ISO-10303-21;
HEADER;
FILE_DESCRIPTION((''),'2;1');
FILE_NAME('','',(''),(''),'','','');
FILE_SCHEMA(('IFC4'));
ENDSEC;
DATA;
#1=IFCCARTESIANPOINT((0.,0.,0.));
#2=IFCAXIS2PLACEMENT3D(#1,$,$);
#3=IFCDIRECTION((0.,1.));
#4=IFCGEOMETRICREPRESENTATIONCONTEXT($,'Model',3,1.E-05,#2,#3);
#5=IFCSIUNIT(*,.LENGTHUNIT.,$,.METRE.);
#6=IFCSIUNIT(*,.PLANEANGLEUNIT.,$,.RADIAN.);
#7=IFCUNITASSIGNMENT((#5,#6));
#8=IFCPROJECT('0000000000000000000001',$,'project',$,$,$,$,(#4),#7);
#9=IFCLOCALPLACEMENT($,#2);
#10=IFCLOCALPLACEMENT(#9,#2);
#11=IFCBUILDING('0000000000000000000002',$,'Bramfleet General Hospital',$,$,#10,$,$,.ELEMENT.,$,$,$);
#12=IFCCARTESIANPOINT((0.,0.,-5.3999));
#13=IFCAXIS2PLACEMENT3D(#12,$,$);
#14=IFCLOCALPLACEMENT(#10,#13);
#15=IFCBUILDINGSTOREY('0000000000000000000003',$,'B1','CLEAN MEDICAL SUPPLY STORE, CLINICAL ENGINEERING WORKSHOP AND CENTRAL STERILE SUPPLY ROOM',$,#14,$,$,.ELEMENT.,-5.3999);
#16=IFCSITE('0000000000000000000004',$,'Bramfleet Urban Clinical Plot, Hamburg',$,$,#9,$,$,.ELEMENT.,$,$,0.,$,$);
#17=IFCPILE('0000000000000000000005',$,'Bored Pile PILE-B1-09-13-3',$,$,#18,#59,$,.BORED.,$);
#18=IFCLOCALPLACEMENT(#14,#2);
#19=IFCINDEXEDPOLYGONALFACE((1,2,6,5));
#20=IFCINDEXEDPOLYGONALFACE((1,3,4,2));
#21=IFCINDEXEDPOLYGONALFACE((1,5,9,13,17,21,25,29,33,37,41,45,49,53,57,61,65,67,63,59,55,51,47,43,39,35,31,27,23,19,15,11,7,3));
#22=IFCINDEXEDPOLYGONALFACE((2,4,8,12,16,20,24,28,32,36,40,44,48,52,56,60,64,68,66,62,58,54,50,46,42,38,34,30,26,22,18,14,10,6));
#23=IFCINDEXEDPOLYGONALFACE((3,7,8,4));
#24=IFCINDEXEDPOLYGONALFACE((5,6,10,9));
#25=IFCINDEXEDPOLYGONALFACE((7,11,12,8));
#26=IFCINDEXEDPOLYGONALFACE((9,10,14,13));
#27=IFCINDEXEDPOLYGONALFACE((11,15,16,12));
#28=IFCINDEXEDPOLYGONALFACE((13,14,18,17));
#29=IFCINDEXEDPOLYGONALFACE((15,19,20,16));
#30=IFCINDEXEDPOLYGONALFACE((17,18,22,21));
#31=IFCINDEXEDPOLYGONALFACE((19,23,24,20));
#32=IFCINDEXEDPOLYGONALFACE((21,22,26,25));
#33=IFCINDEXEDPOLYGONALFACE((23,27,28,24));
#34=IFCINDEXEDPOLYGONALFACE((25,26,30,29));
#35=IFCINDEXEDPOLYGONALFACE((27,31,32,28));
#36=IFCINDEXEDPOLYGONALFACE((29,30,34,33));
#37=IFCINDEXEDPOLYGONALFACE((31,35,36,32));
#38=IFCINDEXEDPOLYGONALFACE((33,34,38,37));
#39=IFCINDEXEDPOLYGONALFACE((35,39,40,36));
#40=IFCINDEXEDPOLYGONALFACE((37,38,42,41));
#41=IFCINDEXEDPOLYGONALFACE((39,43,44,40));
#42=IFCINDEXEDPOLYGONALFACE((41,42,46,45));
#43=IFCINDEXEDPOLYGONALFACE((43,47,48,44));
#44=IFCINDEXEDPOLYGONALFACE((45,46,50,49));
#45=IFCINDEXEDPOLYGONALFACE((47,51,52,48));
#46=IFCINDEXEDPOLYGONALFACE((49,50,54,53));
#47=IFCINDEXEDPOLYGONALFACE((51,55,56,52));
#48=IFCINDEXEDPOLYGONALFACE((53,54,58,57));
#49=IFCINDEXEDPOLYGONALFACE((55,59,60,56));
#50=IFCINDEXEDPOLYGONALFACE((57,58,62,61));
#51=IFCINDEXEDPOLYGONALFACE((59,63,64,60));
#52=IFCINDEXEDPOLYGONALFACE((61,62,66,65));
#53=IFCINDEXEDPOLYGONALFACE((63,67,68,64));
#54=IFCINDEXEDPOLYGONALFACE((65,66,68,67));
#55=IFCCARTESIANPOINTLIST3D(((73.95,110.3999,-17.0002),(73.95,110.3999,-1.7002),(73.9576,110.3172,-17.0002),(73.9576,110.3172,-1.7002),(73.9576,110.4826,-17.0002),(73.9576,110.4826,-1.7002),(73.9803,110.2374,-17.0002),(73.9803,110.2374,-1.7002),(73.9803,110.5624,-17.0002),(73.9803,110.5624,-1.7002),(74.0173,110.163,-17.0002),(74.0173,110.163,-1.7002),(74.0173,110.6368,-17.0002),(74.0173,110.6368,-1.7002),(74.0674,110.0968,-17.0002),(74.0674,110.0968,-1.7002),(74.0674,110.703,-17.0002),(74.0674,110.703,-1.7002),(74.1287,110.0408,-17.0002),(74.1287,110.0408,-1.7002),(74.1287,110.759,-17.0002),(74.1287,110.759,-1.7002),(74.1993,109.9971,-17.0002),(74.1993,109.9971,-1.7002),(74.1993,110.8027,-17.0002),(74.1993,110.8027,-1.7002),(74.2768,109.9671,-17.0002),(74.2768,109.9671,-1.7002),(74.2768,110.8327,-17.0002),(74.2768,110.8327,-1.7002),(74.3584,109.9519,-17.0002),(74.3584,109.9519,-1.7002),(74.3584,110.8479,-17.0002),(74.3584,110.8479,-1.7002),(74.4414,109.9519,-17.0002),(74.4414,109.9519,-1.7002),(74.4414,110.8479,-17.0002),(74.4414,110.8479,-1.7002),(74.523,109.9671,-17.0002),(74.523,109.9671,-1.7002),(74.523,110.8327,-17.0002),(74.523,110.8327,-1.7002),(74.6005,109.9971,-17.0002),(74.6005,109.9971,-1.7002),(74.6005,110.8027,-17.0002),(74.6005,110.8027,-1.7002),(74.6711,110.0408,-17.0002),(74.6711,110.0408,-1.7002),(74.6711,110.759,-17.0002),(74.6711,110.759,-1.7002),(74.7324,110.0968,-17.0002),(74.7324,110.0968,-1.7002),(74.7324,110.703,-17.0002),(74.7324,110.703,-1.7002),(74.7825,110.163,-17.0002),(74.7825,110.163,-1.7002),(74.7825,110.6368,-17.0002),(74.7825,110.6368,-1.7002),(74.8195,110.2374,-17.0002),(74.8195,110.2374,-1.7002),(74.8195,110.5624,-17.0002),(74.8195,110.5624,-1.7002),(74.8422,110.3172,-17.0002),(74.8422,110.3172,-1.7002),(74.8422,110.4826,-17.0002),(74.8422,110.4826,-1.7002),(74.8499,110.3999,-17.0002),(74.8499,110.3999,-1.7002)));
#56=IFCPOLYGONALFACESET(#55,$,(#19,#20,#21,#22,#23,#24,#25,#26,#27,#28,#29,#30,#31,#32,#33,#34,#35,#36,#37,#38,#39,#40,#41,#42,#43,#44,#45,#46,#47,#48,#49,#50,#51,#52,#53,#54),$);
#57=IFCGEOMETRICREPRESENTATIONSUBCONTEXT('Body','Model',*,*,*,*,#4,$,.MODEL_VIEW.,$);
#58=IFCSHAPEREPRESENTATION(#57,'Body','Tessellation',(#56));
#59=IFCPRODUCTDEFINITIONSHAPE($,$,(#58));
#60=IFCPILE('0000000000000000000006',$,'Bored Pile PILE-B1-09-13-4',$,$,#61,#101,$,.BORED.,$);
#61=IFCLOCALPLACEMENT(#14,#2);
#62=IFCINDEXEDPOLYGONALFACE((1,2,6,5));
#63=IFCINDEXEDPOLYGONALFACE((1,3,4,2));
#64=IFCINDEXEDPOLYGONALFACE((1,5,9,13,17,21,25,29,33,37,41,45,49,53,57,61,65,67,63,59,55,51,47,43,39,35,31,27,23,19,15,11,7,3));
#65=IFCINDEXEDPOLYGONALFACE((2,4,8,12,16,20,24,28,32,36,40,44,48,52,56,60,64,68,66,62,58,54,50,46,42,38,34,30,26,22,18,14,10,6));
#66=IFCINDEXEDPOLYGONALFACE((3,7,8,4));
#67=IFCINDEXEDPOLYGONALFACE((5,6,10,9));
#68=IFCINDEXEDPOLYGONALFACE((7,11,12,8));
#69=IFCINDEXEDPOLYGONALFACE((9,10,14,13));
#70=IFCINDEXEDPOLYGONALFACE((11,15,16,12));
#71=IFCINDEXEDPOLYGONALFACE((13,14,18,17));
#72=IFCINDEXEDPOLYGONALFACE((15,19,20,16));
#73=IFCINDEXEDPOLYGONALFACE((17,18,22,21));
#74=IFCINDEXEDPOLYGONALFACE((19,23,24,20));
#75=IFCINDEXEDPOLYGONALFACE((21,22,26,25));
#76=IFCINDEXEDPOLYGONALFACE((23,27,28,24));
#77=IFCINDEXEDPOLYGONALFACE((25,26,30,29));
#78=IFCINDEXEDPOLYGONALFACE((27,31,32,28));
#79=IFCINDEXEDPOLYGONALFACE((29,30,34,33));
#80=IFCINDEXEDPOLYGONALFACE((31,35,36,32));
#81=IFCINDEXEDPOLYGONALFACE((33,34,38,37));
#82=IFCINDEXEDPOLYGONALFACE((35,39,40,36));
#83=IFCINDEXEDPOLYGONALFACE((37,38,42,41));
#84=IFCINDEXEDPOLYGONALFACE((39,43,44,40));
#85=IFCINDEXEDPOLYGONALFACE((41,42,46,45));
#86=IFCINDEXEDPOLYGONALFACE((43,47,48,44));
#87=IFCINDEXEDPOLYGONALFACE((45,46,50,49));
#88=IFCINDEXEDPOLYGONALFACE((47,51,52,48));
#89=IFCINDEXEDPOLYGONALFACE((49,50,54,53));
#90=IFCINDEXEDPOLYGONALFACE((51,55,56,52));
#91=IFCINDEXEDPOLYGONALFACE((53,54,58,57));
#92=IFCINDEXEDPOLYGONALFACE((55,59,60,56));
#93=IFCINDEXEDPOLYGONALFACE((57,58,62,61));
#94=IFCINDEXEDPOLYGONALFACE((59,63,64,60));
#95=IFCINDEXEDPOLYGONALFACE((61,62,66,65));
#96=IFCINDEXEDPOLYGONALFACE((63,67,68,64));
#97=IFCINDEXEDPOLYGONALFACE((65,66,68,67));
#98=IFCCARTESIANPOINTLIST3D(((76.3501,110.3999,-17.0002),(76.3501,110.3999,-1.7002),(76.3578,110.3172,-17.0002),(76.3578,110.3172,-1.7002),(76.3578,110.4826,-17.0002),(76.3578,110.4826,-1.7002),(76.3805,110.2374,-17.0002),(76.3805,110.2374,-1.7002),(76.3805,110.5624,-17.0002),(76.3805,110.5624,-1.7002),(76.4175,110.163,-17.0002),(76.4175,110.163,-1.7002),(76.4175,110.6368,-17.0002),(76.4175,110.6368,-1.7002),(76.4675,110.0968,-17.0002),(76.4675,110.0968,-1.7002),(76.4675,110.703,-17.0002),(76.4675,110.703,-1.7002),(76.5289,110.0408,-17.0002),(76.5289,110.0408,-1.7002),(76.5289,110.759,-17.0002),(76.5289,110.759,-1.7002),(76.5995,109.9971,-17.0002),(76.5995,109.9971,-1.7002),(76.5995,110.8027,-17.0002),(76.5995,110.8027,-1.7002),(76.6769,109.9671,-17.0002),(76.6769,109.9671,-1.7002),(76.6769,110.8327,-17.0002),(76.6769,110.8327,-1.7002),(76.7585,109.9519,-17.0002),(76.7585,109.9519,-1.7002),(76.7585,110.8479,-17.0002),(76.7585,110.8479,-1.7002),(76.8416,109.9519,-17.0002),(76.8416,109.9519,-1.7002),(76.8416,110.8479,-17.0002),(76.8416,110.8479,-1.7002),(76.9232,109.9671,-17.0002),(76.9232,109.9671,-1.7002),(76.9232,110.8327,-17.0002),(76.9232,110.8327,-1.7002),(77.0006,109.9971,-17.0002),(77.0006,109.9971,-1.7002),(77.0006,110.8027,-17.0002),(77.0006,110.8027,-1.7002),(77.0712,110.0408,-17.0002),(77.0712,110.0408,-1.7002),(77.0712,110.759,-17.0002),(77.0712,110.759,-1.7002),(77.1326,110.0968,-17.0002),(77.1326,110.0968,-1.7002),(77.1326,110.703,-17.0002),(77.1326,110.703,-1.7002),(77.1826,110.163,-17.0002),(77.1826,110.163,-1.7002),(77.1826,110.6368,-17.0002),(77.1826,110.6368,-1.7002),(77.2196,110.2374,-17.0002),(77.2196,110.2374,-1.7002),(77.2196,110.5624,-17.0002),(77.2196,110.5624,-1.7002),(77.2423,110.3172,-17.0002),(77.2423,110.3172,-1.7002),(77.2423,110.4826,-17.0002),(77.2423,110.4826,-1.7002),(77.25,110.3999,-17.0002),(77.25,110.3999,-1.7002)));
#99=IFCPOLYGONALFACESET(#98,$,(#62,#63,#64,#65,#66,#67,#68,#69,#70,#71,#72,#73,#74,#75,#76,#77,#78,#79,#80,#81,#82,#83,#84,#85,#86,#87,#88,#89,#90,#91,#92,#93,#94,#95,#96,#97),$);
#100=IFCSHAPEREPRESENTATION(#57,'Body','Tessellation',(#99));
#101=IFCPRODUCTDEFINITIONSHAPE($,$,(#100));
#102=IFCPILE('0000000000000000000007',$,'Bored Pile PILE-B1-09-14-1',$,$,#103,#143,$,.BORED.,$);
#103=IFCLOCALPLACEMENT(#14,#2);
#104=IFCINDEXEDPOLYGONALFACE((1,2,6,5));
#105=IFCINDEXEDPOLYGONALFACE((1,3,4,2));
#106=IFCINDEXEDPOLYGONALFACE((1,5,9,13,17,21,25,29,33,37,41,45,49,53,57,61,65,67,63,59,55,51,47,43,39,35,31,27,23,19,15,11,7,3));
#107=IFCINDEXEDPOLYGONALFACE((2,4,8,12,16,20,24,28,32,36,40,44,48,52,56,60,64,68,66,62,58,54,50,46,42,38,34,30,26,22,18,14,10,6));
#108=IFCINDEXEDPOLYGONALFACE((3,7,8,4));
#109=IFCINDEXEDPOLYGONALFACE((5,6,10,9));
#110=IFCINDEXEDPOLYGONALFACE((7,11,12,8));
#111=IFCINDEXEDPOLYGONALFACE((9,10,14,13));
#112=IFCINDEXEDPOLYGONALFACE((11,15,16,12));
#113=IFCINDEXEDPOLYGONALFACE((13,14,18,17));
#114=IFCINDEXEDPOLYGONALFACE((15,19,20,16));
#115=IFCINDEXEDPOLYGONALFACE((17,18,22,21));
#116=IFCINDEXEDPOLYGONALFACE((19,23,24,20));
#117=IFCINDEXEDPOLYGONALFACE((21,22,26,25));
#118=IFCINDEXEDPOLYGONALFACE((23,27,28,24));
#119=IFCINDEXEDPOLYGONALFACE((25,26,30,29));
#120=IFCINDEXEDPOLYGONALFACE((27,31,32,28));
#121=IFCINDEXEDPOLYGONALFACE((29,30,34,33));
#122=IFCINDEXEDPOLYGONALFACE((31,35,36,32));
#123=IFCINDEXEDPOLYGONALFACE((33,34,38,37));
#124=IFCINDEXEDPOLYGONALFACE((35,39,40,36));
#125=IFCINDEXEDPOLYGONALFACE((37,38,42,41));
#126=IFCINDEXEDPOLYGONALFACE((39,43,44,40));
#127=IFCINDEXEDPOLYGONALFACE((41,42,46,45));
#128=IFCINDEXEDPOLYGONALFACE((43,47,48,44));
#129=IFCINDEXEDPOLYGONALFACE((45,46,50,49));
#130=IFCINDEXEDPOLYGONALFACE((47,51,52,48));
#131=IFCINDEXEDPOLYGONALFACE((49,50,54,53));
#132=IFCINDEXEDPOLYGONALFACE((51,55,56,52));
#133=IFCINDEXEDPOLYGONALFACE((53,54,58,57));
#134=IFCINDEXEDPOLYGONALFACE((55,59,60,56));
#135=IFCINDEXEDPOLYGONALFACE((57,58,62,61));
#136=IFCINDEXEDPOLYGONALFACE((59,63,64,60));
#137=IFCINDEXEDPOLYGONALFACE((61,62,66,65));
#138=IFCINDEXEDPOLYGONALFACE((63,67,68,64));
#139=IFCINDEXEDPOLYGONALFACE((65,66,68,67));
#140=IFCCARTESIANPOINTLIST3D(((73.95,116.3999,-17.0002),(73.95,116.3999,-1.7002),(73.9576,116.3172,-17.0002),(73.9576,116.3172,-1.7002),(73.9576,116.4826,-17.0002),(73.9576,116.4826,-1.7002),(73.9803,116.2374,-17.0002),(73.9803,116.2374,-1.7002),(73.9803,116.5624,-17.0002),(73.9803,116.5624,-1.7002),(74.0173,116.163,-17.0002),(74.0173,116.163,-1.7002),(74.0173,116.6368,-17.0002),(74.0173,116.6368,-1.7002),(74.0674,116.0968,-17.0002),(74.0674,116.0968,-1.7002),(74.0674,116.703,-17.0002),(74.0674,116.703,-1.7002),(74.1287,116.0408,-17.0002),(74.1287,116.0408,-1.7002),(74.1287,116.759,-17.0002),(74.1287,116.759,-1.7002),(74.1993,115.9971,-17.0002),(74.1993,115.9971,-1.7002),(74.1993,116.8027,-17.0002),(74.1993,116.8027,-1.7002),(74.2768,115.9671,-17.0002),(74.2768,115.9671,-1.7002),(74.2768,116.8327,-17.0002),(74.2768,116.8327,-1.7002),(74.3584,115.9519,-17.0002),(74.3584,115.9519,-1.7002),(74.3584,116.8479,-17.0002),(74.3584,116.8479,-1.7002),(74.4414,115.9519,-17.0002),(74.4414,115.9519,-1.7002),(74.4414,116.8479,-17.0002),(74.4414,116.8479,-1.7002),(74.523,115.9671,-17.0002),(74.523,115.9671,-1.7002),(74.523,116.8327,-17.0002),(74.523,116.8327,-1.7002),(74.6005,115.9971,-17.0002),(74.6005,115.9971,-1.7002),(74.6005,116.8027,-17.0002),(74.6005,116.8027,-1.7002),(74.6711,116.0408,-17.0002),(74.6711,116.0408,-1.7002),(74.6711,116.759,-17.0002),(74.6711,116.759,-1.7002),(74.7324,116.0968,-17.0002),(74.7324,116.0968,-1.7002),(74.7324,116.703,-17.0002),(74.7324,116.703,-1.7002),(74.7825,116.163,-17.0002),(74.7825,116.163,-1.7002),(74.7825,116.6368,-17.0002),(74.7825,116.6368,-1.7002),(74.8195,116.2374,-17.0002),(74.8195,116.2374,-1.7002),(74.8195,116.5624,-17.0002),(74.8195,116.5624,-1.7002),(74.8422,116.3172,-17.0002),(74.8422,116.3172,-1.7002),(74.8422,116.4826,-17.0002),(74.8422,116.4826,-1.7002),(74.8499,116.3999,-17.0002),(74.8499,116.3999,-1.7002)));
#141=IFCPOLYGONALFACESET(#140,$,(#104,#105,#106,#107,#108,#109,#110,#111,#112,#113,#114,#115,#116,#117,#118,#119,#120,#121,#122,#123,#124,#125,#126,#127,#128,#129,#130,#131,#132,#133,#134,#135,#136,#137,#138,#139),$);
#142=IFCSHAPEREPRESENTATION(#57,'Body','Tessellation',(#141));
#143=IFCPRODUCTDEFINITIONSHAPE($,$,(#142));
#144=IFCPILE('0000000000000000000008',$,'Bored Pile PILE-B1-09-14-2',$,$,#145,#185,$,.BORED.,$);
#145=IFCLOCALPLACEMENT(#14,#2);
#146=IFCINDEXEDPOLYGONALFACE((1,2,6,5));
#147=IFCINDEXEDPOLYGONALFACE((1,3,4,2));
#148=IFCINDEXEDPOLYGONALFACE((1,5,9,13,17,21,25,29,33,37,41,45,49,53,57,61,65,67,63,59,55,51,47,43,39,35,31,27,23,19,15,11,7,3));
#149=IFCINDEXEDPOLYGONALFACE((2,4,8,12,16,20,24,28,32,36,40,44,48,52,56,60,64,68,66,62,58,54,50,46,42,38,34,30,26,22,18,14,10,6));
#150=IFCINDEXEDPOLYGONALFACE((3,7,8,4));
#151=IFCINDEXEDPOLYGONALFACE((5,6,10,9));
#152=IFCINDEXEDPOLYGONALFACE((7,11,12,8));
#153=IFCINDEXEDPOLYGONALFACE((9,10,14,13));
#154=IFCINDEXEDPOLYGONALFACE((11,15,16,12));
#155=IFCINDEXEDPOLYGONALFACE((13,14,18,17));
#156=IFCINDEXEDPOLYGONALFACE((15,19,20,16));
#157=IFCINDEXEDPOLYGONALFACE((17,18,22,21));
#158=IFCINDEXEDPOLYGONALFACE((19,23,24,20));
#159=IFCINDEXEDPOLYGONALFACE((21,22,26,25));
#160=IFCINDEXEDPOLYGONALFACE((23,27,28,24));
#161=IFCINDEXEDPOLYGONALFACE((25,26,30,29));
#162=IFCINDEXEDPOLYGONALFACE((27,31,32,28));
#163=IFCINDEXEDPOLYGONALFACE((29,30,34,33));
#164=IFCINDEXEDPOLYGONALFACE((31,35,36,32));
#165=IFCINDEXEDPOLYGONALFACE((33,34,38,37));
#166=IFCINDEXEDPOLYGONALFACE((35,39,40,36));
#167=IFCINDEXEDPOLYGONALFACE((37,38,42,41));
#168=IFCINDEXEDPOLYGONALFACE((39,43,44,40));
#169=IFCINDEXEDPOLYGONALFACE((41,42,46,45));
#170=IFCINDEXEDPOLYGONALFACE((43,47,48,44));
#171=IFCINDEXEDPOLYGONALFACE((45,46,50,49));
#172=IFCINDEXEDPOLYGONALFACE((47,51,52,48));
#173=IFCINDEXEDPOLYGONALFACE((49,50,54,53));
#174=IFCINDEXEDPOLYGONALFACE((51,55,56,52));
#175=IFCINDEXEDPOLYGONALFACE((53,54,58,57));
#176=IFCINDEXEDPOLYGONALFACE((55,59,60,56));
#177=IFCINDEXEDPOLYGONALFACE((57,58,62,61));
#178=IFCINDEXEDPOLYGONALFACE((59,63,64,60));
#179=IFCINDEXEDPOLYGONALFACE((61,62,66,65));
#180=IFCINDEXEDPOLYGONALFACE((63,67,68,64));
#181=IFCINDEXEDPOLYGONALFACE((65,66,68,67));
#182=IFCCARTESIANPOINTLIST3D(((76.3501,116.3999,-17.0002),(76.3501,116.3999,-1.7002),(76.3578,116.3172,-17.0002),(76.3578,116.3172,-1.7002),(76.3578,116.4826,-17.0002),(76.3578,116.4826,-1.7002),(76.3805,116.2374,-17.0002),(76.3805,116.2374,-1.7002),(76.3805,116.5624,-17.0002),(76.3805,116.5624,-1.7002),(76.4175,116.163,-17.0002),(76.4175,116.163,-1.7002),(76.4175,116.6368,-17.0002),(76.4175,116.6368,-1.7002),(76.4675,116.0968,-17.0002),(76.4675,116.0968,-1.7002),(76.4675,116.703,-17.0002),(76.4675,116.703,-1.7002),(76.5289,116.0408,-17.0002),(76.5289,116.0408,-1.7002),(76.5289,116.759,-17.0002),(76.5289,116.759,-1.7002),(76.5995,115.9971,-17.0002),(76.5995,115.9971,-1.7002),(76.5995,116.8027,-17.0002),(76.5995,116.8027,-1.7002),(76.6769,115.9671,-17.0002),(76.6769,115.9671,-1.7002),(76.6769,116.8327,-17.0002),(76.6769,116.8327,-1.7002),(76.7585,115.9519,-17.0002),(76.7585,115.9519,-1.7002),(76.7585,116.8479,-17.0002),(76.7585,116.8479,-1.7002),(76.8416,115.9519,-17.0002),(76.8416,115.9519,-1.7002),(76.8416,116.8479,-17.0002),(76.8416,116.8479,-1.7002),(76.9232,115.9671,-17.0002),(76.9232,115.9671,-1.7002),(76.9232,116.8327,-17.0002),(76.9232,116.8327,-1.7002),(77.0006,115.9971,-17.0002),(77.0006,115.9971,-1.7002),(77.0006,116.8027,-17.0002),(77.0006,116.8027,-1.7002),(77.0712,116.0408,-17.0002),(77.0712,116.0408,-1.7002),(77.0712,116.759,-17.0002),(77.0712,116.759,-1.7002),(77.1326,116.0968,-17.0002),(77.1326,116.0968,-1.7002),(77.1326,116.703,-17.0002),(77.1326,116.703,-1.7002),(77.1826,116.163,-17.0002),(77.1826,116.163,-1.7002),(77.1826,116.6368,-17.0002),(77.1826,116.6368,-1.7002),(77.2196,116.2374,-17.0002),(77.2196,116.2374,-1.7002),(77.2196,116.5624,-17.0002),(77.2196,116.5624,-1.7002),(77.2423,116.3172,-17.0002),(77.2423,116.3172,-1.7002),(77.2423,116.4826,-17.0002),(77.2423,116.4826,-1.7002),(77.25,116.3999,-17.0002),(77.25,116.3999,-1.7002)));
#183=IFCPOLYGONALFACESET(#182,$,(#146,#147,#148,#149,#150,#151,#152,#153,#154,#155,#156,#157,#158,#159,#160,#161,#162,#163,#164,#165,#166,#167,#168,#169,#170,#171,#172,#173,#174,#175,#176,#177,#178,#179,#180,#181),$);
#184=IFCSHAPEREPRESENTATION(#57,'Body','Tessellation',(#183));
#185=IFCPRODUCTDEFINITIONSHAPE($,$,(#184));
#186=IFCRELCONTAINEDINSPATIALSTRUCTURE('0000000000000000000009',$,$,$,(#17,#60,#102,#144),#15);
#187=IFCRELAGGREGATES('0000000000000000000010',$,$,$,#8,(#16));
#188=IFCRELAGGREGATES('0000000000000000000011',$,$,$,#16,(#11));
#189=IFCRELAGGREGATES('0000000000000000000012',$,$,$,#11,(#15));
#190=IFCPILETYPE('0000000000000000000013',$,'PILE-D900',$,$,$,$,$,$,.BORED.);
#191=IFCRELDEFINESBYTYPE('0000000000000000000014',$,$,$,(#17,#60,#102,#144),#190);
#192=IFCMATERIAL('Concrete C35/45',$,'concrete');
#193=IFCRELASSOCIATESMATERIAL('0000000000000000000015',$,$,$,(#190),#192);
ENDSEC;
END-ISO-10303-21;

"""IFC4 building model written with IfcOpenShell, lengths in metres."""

from ifc_helpers import new_model, si_unit, direction, frame, origin, origin_2d, place, context, subcontext, project, spatial, circle, extrude, material, material_profile, profile_set, type_object, element, save


model = new_model("IFC4")

# Units and contexts
model_context = context("Model", 3, precision=1e-05, world=origin(), true_north=direction((0.0, 1.0)))
body_context = subcontext(model_context, "Body", "Model", "MODEL_VIEW")
ifc_project = project(units=[si_unit("LENGTHUNIT", "METRE"), si_unit("PLANEANGLEUNIT", "RADIAN")], contexts=[model_context])

# Site, building, storey
site_placement = place(None, origin())
site = spatial("IfcSite", under=ifc_project, at=site_placement, Name="Bramfleet Urban Clinical Plot, Hamburg", CompositionType="ELEMENT", RefElevation=0.0)
building_placement = place(site_placement, origin())
building = spatial("IfcBuilding", under=site, at=building_placement, Name="Bramfleet General Hospital", CompositionType="ELEMENT")
storey_placement = place(building_placement, frame((0.0, 0.0, -5.3999)))
storey = spatial("IfcBuildingStorey", under=building, at=storey_placement, Name="B1", Description="CLEAN MEDICAL SUPPLY STORE, CLINICAL ENGINEERING WORKSHOP AND CENTRAL STERILE SUPPLY ROOM", CompositionType="ELEMENT", Elevation=-5.3999)

# Shared definitions
ifc_material_1 = material(Name="Concrete C35/45", Category="concrete")

# Piles
ifc_material_profile_1 = material_profile(ifc_material_1, circle(Radius=0.45, at=origin_2d()), Name="PILE BORED D900")
ifc_profile_set_1 = profile_set([ifc_material_profile_1], Name="Concrete C35/45")
pile_type_1 = type_object("IfcPileType", Name="PILE-D900", PredefinedType="BORED", material=ifc_profile_set_1)
for number, where, z_axis, x_axis, name in (
    (1, (74.3999, 110.3999, -1.7002), (0.0, 0.0, -1.0), (1.0, 0.0, 0.0), "Bored Pile PILE-B1-09-13-3"),
    (2, (76.8, 110.3999, -1.7002), (0.0, 0.0, -1.0), (1.0, 0.0, 0.0), "Bored Pile PILE-B1-09-13-4"),
    (3, (74.3999, 116.3999, -1.7002), (0.0, 0.0, -1.0), (1.0, 0.0, 0.0), "Bored Pile PILE-B1-09-14-1"),
    (4, (76.8, 116.3999, -1.7002), (0.0, 0.0, -1.0), (1.0, 0.0, 0.0), "Bored Pile PILE-B1-09-14-2"),
):
    element("IfcPile", number, at=place(storey_placement, frame(where, z_axis=z_axis, x_axis=x_axis)), inside=storey, type_object=pile_type_1, Name=name, PredefinedType="BORED", context=body_context, shape_type="SweptSolid", body=[
        extrude(circle(Radius=0.45, at=origin_2d()), origin(), (0.0, 0.0, 1.0), 15.3),
    ])

save(model, "model.ifc")
